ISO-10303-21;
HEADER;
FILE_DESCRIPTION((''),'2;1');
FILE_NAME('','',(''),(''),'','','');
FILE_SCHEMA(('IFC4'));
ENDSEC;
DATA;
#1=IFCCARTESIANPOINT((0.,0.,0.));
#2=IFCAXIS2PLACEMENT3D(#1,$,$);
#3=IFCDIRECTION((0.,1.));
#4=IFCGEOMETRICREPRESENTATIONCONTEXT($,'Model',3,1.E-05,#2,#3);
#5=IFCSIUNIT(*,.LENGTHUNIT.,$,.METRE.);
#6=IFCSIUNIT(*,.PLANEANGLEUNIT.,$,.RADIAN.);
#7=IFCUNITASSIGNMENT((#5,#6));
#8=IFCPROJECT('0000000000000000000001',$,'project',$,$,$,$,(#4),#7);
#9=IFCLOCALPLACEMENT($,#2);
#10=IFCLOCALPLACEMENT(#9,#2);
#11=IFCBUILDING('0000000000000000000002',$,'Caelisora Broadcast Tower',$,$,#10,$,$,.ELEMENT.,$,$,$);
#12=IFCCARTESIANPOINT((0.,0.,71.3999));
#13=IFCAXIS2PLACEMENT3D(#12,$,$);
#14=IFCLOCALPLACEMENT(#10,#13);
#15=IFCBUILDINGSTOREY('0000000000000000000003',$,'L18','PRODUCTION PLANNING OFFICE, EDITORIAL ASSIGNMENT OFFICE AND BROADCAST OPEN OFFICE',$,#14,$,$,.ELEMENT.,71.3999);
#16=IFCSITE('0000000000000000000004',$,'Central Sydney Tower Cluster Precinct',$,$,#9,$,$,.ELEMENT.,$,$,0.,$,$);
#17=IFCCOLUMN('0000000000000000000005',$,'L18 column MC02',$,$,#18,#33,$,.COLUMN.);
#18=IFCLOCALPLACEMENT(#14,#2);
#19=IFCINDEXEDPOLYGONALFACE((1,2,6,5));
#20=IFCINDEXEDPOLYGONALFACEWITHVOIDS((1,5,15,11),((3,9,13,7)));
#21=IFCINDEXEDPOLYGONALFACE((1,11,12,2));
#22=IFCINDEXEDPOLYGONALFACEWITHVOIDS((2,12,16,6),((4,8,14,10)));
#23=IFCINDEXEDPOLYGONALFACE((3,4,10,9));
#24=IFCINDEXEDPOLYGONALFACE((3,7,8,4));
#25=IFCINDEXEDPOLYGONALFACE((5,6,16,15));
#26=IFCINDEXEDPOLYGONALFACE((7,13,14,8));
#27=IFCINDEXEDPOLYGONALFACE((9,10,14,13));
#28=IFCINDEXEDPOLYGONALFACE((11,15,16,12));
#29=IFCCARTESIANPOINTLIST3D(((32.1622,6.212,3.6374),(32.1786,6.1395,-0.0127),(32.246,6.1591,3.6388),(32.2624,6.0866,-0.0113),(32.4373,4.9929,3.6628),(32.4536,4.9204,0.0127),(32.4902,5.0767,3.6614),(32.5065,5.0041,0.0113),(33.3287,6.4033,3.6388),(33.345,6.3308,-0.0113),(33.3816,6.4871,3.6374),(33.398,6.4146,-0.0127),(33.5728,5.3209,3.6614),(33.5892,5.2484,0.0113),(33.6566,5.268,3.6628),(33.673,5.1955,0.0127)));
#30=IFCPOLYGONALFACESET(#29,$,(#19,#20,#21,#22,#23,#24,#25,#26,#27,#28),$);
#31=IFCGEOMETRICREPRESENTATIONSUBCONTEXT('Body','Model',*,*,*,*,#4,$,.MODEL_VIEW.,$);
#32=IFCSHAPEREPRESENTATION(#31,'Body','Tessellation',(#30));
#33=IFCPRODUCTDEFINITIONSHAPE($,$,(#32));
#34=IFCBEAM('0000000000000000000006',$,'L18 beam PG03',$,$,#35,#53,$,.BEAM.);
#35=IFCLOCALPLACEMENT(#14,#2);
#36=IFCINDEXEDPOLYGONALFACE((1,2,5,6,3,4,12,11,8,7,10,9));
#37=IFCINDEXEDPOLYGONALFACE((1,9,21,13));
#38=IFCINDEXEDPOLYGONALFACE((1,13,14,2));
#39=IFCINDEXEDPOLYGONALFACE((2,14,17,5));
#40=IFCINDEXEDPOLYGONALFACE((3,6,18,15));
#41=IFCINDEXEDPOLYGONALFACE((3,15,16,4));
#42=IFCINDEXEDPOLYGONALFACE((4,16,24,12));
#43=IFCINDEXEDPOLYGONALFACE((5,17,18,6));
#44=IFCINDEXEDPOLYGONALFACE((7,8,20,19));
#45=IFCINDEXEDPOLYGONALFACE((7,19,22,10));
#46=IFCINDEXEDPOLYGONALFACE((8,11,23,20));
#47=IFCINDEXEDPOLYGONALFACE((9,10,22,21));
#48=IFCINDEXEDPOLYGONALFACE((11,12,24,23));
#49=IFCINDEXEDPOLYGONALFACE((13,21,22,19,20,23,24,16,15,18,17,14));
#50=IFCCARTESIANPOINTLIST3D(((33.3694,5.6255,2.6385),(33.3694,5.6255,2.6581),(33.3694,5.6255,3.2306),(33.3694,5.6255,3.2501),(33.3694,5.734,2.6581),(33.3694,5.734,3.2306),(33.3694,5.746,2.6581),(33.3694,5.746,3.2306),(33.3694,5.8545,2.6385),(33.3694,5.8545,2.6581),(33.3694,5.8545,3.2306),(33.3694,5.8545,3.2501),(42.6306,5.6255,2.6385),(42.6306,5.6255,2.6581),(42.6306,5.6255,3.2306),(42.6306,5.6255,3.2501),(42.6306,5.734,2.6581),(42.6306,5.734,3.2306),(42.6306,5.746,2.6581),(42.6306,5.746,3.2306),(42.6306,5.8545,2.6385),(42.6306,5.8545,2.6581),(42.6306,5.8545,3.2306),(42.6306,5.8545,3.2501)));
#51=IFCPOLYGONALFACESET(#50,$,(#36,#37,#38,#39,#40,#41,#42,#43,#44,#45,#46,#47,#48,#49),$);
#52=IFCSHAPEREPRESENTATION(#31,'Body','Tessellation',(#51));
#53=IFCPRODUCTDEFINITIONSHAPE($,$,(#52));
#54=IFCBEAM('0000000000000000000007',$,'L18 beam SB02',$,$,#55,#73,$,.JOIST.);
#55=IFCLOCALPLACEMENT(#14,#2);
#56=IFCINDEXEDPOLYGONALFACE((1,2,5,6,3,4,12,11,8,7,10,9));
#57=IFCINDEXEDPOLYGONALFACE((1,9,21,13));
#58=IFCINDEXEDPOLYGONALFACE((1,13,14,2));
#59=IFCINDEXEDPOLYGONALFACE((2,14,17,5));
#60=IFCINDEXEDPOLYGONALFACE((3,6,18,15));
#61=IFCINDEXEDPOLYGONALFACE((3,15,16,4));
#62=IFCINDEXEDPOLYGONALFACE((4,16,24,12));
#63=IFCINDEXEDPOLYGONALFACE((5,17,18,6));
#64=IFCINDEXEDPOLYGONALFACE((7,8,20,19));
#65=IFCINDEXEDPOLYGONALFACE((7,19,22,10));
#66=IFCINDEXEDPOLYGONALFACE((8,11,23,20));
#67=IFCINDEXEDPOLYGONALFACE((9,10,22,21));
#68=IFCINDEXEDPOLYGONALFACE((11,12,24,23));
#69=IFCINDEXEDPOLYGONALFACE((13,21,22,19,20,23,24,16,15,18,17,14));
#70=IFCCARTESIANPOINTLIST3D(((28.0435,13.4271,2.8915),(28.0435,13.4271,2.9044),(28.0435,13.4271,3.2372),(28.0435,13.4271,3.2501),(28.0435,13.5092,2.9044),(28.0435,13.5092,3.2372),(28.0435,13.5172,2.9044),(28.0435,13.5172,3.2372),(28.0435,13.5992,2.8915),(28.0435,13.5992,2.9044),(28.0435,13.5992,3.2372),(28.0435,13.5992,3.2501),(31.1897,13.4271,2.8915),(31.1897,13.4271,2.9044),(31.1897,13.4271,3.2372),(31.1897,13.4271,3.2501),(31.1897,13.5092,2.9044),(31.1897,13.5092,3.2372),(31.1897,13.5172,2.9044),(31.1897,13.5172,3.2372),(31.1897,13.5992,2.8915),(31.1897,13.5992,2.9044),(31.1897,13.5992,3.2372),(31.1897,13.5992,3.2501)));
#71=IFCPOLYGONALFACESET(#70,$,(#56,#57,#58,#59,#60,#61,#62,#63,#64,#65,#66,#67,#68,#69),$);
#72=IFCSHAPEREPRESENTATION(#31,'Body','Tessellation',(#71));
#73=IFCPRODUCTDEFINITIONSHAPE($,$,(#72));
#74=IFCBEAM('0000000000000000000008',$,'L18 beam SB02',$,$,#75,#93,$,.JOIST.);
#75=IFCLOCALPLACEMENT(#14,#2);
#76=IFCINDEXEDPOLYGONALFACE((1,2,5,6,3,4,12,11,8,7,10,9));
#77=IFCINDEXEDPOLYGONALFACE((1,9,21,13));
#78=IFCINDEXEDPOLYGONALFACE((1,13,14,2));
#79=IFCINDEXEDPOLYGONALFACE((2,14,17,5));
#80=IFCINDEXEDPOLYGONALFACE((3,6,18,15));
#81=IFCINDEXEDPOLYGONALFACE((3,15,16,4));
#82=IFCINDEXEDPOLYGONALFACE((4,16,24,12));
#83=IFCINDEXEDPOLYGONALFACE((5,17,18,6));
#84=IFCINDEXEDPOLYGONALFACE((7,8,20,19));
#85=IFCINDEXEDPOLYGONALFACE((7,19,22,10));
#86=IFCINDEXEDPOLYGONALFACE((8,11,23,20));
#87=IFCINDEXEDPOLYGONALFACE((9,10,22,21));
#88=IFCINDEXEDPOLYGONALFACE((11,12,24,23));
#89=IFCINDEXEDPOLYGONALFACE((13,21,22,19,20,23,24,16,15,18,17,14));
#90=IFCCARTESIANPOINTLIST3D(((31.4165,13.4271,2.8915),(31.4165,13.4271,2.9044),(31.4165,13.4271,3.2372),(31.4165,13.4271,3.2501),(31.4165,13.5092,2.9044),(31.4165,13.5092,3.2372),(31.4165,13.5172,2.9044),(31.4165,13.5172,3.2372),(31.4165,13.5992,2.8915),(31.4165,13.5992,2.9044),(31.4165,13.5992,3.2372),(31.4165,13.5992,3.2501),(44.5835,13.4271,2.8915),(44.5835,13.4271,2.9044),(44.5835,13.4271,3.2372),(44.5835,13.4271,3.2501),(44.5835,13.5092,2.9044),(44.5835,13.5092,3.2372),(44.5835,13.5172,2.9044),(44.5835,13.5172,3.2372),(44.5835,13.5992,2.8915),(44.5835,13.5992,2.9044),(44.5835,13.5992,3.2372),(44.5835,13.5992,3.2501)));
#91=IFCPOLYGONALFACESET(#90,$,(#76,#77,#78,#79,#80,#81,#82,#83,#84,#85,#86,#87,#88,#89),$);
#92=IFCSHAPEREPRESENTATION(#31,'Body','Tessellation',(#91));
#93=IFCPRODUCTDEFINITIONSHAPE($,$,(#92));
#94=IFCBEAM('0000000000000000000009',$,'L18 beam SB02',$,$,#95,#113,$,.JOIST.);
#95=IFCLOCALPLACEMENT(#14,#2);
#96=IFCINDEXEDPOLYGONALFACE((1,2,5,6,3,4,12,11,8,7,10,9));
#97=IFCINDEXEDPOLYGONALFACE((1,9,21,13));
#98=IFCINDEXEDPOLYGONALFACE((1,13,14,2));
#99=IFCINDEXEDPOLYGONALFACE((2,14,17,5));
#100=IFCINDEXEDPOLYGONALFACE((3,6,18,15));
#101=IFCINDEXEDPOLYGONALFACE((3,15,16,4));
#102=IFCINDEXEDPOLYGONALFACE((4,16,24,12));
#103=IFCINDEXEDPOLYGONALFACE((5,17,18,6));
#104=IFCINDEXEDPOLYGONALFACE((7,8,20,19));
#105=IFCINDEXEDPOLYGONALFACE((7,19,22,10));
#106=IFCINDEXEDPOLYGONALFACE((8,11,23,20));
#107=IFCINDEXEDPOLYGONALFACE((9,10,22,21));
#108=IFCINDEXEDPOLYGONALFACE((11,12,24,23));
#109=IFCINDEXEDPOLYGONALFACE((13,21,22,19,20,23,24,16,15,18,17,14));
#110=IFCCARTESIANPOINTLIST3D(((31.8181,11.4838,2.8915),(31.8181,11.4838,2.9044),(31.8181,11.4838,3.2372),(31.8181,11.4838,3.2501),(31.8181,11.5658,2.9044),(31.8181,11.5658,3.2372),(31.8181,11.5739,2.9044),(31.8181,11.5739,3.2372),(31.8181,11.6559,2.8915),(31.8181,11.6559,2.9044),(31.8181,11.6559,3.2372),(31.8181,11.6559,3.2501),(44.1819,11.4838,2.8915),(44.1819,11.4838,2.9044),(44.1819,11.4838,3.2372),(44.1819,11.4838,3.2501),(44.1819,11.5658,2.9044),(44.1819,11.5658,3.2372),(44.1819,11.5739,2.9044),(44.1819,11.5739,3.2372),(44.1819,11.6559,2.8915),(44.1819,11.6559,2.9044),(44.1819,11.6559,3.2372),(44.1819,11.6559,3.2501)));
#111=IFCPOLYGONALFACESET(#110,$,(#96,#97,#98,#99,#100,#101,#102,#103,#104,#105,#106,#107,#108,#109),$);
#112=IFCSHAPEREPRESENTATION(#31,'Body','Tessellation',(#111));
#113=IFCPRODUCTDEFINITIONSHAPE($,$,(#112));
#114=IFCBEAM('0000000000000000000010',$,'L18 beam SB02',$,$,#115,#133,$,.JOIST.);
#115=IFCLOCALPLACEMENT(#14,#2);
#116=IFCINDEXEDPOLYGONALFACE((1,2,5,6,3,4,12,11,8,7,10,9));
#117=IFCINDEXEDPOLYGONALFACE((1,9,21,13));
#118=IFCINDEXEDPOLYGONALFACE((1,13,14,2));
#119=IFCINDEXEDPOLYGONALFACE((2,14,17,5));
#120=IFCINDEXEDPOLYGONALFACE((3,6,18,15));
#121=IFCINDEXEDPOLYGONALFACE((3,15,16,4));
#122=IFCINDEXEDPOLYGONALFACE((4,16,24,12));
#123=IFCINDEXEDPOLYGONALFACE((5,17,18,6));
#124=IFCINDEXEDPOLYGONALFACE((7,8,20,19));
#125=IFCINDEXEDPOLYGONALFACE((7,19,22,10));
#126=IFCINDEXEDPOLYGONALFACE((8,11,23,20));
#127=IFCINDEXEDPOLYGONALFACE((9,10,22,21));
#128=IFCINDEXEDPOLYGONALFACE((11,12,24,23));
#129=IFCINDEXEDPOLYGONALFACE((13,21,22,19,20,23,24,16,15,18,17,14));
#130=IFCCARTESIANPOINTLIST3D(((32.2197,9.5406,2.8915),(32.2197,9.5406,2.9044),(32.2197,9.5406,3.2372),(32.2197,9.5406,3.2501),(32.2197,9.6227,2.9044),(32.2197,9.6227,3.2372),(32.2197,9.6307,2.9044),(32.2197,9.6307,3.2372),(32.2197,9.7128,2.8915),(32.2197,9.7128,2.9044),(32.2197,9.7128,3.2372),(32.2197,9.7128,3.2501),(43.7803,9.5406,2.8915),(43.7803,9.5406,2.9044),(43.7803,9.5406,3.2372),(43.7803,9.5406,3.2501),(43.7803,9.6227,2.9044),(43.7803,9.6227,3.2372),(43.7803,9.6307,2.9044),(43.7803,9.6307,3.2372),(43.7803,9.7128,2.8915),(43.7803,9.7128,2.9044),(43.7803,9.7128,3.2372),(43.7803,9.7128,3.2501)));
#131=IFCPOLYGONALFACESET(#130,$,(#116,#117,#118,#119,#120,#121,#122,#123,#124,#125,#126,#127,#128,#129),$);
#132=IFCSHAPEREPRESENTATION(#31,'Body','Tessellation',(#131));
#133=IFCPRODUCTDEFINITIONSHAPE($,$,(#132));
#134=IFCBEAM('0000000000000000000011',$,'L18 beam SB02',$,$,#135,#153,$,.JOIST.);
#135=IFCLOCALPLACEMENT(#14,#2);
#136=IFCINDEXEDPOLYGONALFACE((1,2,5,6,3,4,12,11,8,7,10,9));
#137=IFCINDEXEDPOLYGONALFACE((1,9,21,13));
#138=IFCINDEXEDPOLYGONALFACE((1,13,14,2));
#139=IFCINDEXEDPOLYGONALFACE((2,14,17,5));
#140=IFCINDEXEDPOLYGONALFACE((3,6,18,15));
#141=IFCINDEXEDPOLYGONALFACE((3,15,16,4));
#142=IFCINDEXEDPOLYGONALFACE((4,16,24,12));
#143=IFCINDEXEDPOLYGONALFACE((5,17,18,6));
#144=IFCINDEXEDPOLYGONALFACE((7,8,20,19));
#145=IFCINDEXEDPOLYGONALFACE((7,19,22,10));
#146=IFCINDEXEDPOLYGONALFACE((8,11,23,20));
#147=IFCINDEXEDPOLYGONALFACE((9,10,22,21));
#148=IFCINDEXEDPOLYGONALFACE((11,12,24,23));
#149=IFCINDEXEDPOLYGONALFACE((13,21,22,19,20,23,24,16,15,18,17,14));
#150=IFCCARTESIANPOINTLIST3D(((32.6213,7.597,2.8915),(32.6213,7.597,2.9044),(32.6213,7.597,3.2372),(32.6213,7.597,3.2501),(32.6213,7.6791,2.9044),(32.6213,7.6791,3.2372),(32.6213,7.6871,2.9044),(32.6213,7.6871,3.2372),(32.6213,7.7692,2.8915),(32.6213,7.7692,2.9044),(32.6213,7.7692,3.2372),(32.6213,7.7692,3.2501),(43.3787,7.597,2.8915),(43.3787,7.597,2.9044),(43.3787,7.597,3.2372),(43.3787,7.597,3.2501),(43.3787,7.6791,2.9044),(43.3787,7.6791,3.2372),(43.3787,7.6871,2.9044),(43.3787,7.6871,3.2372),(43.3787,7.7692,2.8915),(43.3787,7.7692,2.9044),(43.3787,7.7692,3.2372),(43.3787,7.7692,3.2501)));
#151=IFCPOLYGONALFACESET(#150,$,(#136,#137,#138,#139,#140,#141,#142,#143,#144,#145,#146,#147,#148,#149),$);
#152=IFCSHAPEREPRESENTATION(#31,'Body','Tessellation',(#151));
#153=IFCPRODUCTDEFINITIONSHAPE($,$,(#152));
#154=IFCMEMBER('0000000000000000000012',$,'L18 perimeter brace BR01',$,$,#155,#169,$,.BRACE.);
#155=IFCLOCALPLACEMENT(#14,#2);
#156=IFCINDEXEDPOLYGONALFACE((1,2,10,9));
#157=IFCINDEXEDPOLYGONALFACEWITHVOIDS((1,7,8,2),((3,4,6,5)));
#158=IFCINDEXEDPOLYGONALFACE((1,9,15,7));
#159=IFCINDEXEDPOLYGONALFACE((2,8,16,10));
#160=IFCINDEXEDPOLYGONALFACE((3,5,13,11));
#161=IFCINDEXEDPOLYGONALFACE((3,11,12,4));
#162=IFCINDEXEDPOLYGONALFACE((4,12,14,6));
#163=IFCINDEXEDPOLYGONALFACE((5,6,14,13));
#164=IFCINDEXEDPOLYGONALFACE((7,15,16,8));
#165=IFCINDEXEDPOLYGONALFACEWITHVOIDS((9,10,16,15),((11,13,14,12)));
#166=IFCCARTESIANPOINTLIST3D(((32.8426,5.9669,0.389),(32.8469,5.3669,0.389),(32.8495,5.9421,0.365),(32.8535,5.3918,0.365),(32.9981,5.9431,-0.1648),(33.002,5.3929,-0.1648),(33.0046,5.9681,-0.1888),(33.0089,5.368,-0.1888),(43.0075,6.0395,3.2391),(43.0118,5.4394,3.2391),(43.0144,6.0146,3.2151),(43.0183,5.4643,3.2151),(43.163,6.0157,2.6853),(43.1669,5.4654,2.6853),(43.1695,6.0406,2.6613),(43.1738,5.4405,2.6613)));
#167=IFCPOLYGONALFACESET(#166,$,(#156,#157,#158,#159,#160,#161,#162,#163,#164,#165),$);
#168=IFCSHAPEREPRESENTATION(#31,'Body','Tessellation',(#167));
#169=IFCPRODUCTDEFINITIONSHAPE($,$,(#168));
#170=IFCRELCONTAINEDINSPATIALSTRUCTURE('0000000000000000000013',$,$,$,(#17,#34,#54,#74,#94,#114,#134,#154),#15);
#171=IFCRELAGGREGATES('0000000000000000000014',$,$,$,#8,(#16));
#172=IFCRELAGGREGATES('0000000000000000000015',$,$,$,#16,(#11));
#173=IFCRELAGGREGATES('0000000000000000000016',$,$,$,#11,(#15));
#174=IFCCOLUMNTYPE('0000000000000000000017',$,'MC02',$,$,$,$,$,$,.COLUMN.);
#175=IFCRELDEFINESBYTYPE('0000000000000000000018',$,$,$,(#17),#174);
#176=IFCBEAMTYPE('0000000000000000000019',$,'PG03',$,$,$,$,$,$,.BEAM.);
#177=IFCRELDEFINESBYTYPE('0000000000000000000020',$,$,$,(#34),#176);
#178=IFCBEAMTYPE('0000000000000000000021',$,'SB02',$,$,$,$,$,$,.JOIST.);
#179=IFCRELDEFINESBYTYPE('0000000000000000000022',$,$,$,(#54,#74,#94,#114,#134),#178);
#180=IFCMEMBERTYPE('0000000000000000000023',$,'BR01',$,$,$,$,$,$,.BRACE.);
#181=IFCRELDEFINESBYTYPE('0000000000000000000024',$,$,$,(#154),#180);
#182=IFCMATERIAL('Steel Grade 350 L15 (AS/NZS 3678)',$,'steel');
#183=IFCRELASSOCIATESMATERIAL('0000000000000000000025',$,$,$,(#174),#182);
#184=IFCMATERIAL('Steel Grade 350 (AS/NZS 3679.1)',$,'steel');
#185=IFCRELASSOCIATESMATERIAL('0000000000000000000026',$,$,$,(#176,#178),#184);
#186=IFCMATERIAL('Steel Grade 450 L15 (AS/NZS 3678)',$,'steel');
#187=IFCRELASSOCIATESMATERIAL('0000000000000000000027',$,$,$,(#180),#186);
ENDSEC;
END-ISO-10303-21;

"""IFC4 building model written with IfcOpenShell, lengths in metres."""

from ifc_helpers import new_model, si_unit, direction, frame, origin, origin_2d, place, context, subcontext, project, spatial, hollow_rectangle, i_section, extrude, source, transform, mapped, material, material_profile, profile_set, type_object, type_shapes, element, save


model = new_model("IFC4")

# Units and contexts
model_context = context("Model", 3, precision=1e-05, world=origin(), true_north=direction((0.0, 1.0)))
body_context = subcontext(model_context, "Body", "Model", "MODEL_VIEW")
ifc_project = project(units=[si_unit("LENGTHUNIT", "METRE"), si_unit("PLANEANGLEUNIT", "RADIAN")], contexts=[model_context])

# Site, building, storey
site_placement = place(None, origin())
site = spatial("IfcSite", under=ifc_project, at=site_placement, Name="Central Sydney Tower Cluster Precinct", CompositionType="ELEMENT", RefElevation=0.0)
building_placement = place(site_placement, origin())
building = spatial("IfcBuilding", under=site, at=building_placement, Name="Caelisora Broadcast Tower", CompositionType="ELEMENT")
storey_placement = place(building_placement, frame((0.0, 0.0, 71.3999)))
storey = spatial("IfcBuildingStorey", under=building, at=storey_placement, Name="L18", Description="PRODUCTION PLANNING OFFICE, EDITORIAL ASSIGNMENT OFFICE AND BROADCAST OPEN OFFICE", CompositionType="ELEMENT", Elevation=71.3999)

# Column
ifc_material_1 = material(Name="Steel Grade 350 L15 (AS/NZS 3678)", Category="steel")
ifc_material_profile_1 = material_profile(ifc_material_1, hollow_rectangle(XDim=1.25, YDim=1.25, WallThickness=0.0701, at=origin_2d()), Name="Steel Grade 350 L15 (AS/NZS 3678)")
ifc_profile_set_1 = profile_set([ifc_material_profile_1], Name="Steel Grade 350 L15 (AS/NZS 3678)")
column_type = type_object("IfcColumnType", Name="MC02", PredefinedType="COLUMN", material=ifc_profile_set_1)
shared_shape_1 = source(origin(), body_context, "Body", "SweptSolid", [
    extrude(hollow_rectangle(XDim=1.25, YDim=1.25, WallThickness=0.0701, at=origin_2d()), origin(), (0.0, 0.0, 1.0), 3.6509),
])
type_shapes(column_type, [shared_shape_1])
column_placement = place(storey_placement, frame((32.9258, 5.6675, 0.0), z_axis=(-0.00448, 0.019861, 0.999793), x_axis=(-0.975487, -0.220059, 0.0)))
element("IfcColumn", 1, at=column_placement, inside=storey, type_object=column_type, Name="L18 column MC02", PredefinedType="COLUMN", context=body_context, shape_type="MappedRepresentation", body=[
    mapped(shared_shape_1, transform((0.0, 0.0, 0.0), scale=1.0)),
])

# Beams
ifc_material_2 = material(Name="Steel Grade 350 (AS/NZS 3679.1)", Category="steel")
ifc_material_profile_2 = material_profile(ifc_material_2, i_section(OverallWidth=0.229, OverallDepth=0.6116, WebThickness=0.012, FlangeThickness=0.0195, at=origin_2d()), Name="Steel Grade 350 (AS/NZS 3679.1)")
ifc_profile_set_2 = profile_set([ifc_material_profile_2], Name="Steel Grade 350 (AS/NZS 3679.1)")
beam_type_1 = type_object("IfcBeamType", Name="PG03", PredefinedType="BEAM", material=ifc_profile_set_2)
shared_shape_2 = source(origin(), body_context, "Body", "SweptSolid", [
    extrude(i_section(OverallWidth=0.229, OverallDepth=0.6116, WebThickness=0.012, FlangeThickness=0.0195, at=origin_2d()), origin(), (0.0, 0.0, 1.0), 9.2612),
])
type_shapes(beam_type_1, [shared_shape_2])
beam_1_placement = place(storey_placement, frame((33.3694, 5.74, 2.9443), z_axis=(1.0, 0.0, 0.0), x_axis=(0.0, 1.0, 0.0)))
element("IfcBeam", 2, at=beam_1_placement, inside=storey, type_object=beam_type_1, Name="L18 beam PG03", PredefinedType="BEAM", context=body_context, shape_type="MappedRepresentation", body=[
    mapped(shared_shape_2, transform((0.0, 0.0, 0.0), scale=1.0)),
])
ifc_material_profile_3 = material_profile(ifc_material_2, i_section(OverallWidth=0.1721, OverallDepth=0.3586, WebThickness=0.0081, FlangeThickness=0.0129, at=origin_2d()), Name="Steel Grade 350 (AS/NZS 3679.1)")
ifc_profile_set_3 = profile_set([ifc_material_profile_3], Name="Steel Grade 350 (AS/NZS 3679.1)")
beam_type_2 = type_object("IfcBeamType", Name="SB02", PredefinedType="JOIST", material=ifc_profile_set_3)
shared_shape_3 = source(origin(), body_context, "Body", "SweptSolid", [
    extrude(i_section(OverallWidth=0.1721, OverallDepth=0.3586, WebThickness=0.0081, FlangeThickness=0.0129, at=origin_2d()), origin(), (0.0, 0.0, 1.0), 3.1462),
])
beam_2_placement = place(storey_placement, frame((28.0435, 13.5132, 3.0708), z_axis=(1.0, 0.0, 0.0), x_axis=(0.0, 1.0, 0.0)))
element("IfcBeam", 3, at=beam_2_placement, inside=storey, type_object=beam_type_2, Name="L18 beam SB02", PredefinedType="JOIST", context=body_context, shape_type="MappedRepresentation", body=[
    mapped(shared_shape_3, transform((0.0, 0.0, 0.0), scale=1.0)),
])
shared_shape_4 = source(origin(), body_context, "Body", "SweptSolid", [
    extrude(i_section(OverallWidth=0.1721, OverallDepth=0.3586, WebThickness=0.0081, FlangeThickness=0.0129, at=origin_2d()), origin(), (0.0, 0.0, 1.0), 13.167),
])
beam_3_placement = place(storey_placement, frame((31.4165, 13.5132, 3.0708), z_axis=(1.0, 0.0, 0.0), x_axis=(0.0, 1.0, 0.0)))
element("IfcBeam", 4, at=beam_3_placement, inside=storey, type_object=beam_type_2, Name="L18 beam SB02", PredefinedType="JOIST", context=body_context, shape_type="MappedRepresentation", body=[
    mapped(shared_shape_4, transform((0.0, 0.0, 0.0), scale=1.0)),
])
shared_shape_5 = source(origin(), body_context, "Body", "SweptSolid", [
    extrude(i_section(OverallWidth=0.1721, OverallDepth=0.3586, WebThickness=0.0081, FlangeThickness=0.0129, at=origin_2d()), origin(), (0.0, 0.0, 1.0), 12.3638),
])
beam_4_placement = place(storey_placement, frame((31.8181, 11.5698, 3.0708), z_axis=(1.0, 0.0, 0.0), x_axis=(0.0, 1.0, 0.0)))
element("IfcBeam", 5, at=beam_4_placement, inside=storey, type_object=beam_type_2, Name="L18 beam SB02", PredefinedType="JOIST", context=body_context, shape_type="MappedRepresentation", body=[
    mapped(shared_shape_5, transform((0.0, 0.0, 0.0), scale=1.0)),
])
shared_shape_6 = source(origin(), body_context, "Body", "SweptSolid", [
    extrude(i_section(OverallWidth=0.1721, OverallDepth=0.3586, WebThickness=0.0081, FlangeThickness=0.0129, at=origin_2d()), origin(), (0.0, 0.0, 1.0), 11.5605),
])
beam_5_placement = place(storey_placement, frame((32.2197, 9.6267, 3.0708), z_axis=(1.0, 0.0, 0.0), x_axis=(0.0, 1.0, 0.0)))
element("IfcBeam", 6, at=beam_5_placement, inside=storey, type_object=beam_type_2, Name="L18 beam SB02", PredefinedType="JOIST", context=body_context, shape_type="MappedRepresentation", body=[
    mapped(shared_shape_6, transform((0.0, 0.0, 0.0), scale=1.0)),
])
shared_shape_7 = source(origin(), body_context, "Body", "SweptSolid", [
    extrude(i_section(OverallWidth=0.1721, OverallDepth=0.3586, WebThickness=0.0081, FlangeThickness=0.0129, at=origin_2d()), origin(), (0.0, 0.0, 1.0), 10.7573),
])
type_shapes(beam_type_2, [shared_shape_3, shared_shape_4, shared_shape_5, shared_shape_6, shared_shape_7])
beam_6_placement = place(storey_placement, frame((32.6213, 7.6831, 3.0708), z_axis=(1.0, 0.0, 0.0), x_axis=(0.0, 1.0, 0.0)))
element("IfcBeam", 7, at=beam_6_placement, inside=storey, type_object=beam_type_2, Name="L18 beam SB02", PredefinedType="JOIST", context=body_context, shape_type="MappedRepresentation", body=[
    mapped(shared_shape_7, transform((0.0, 0.0, 0.0), scale=1.0)),
])

# Member
ifc_material_3 = material(Name="Steel Grade 450 L15 (AS/NZS 3678)", Category="steel")
ifc_material_profile_4 = material_profile(ifc_material_3, hollow_rectangle(XDim=0.6001, YDim=0.6001, WallThickness=0.0249, at=origin_2d()), Name="Steel Grade 450 L15 (AS/NZS 3678)")
ifc_profile_set_4 = profile_set([ifc_material_profile_4], Name="Steel Grade 450 L15 (AS/NZS 3678)")
member_type_1 = type_object("IfcMemberType", Name="BR01", PredefinedType="BRACE", material=ifc_profile_set_4)
shared_shape_8 = source(origin(), body_context, "Body", "SweptSolid", [
    extrude(hollow_rectangle(XDim=0.6001, YDim=0.6001, WallThickness=0.0249, at=origin_2d()), origin(), (0.0, 0.0, 1.0), 10.5571),
])
type_shapes(member_type_1, [shared_shape_8])
member_1_placement = place(storey_placement, frame((32.9258, 5.6675, 0.1001), z_axis=(0.962844, 0.006868, 0.269971), x_axis=(-0.007133, 0.999975, 0.0)))
element("IfcMember", 8, at=member_1_placement, inside=storey, type_object=member_type_1, Name="L18 perimeter brace BR01", PredefinedType="BRACE", context=body_context, shape_type="MappedRepresentation", body=[
    mapped(shared_shape_8, transform((0.0, 0.0, 0.0), scale=1.0)),
])

save(model, "model.ifc")
